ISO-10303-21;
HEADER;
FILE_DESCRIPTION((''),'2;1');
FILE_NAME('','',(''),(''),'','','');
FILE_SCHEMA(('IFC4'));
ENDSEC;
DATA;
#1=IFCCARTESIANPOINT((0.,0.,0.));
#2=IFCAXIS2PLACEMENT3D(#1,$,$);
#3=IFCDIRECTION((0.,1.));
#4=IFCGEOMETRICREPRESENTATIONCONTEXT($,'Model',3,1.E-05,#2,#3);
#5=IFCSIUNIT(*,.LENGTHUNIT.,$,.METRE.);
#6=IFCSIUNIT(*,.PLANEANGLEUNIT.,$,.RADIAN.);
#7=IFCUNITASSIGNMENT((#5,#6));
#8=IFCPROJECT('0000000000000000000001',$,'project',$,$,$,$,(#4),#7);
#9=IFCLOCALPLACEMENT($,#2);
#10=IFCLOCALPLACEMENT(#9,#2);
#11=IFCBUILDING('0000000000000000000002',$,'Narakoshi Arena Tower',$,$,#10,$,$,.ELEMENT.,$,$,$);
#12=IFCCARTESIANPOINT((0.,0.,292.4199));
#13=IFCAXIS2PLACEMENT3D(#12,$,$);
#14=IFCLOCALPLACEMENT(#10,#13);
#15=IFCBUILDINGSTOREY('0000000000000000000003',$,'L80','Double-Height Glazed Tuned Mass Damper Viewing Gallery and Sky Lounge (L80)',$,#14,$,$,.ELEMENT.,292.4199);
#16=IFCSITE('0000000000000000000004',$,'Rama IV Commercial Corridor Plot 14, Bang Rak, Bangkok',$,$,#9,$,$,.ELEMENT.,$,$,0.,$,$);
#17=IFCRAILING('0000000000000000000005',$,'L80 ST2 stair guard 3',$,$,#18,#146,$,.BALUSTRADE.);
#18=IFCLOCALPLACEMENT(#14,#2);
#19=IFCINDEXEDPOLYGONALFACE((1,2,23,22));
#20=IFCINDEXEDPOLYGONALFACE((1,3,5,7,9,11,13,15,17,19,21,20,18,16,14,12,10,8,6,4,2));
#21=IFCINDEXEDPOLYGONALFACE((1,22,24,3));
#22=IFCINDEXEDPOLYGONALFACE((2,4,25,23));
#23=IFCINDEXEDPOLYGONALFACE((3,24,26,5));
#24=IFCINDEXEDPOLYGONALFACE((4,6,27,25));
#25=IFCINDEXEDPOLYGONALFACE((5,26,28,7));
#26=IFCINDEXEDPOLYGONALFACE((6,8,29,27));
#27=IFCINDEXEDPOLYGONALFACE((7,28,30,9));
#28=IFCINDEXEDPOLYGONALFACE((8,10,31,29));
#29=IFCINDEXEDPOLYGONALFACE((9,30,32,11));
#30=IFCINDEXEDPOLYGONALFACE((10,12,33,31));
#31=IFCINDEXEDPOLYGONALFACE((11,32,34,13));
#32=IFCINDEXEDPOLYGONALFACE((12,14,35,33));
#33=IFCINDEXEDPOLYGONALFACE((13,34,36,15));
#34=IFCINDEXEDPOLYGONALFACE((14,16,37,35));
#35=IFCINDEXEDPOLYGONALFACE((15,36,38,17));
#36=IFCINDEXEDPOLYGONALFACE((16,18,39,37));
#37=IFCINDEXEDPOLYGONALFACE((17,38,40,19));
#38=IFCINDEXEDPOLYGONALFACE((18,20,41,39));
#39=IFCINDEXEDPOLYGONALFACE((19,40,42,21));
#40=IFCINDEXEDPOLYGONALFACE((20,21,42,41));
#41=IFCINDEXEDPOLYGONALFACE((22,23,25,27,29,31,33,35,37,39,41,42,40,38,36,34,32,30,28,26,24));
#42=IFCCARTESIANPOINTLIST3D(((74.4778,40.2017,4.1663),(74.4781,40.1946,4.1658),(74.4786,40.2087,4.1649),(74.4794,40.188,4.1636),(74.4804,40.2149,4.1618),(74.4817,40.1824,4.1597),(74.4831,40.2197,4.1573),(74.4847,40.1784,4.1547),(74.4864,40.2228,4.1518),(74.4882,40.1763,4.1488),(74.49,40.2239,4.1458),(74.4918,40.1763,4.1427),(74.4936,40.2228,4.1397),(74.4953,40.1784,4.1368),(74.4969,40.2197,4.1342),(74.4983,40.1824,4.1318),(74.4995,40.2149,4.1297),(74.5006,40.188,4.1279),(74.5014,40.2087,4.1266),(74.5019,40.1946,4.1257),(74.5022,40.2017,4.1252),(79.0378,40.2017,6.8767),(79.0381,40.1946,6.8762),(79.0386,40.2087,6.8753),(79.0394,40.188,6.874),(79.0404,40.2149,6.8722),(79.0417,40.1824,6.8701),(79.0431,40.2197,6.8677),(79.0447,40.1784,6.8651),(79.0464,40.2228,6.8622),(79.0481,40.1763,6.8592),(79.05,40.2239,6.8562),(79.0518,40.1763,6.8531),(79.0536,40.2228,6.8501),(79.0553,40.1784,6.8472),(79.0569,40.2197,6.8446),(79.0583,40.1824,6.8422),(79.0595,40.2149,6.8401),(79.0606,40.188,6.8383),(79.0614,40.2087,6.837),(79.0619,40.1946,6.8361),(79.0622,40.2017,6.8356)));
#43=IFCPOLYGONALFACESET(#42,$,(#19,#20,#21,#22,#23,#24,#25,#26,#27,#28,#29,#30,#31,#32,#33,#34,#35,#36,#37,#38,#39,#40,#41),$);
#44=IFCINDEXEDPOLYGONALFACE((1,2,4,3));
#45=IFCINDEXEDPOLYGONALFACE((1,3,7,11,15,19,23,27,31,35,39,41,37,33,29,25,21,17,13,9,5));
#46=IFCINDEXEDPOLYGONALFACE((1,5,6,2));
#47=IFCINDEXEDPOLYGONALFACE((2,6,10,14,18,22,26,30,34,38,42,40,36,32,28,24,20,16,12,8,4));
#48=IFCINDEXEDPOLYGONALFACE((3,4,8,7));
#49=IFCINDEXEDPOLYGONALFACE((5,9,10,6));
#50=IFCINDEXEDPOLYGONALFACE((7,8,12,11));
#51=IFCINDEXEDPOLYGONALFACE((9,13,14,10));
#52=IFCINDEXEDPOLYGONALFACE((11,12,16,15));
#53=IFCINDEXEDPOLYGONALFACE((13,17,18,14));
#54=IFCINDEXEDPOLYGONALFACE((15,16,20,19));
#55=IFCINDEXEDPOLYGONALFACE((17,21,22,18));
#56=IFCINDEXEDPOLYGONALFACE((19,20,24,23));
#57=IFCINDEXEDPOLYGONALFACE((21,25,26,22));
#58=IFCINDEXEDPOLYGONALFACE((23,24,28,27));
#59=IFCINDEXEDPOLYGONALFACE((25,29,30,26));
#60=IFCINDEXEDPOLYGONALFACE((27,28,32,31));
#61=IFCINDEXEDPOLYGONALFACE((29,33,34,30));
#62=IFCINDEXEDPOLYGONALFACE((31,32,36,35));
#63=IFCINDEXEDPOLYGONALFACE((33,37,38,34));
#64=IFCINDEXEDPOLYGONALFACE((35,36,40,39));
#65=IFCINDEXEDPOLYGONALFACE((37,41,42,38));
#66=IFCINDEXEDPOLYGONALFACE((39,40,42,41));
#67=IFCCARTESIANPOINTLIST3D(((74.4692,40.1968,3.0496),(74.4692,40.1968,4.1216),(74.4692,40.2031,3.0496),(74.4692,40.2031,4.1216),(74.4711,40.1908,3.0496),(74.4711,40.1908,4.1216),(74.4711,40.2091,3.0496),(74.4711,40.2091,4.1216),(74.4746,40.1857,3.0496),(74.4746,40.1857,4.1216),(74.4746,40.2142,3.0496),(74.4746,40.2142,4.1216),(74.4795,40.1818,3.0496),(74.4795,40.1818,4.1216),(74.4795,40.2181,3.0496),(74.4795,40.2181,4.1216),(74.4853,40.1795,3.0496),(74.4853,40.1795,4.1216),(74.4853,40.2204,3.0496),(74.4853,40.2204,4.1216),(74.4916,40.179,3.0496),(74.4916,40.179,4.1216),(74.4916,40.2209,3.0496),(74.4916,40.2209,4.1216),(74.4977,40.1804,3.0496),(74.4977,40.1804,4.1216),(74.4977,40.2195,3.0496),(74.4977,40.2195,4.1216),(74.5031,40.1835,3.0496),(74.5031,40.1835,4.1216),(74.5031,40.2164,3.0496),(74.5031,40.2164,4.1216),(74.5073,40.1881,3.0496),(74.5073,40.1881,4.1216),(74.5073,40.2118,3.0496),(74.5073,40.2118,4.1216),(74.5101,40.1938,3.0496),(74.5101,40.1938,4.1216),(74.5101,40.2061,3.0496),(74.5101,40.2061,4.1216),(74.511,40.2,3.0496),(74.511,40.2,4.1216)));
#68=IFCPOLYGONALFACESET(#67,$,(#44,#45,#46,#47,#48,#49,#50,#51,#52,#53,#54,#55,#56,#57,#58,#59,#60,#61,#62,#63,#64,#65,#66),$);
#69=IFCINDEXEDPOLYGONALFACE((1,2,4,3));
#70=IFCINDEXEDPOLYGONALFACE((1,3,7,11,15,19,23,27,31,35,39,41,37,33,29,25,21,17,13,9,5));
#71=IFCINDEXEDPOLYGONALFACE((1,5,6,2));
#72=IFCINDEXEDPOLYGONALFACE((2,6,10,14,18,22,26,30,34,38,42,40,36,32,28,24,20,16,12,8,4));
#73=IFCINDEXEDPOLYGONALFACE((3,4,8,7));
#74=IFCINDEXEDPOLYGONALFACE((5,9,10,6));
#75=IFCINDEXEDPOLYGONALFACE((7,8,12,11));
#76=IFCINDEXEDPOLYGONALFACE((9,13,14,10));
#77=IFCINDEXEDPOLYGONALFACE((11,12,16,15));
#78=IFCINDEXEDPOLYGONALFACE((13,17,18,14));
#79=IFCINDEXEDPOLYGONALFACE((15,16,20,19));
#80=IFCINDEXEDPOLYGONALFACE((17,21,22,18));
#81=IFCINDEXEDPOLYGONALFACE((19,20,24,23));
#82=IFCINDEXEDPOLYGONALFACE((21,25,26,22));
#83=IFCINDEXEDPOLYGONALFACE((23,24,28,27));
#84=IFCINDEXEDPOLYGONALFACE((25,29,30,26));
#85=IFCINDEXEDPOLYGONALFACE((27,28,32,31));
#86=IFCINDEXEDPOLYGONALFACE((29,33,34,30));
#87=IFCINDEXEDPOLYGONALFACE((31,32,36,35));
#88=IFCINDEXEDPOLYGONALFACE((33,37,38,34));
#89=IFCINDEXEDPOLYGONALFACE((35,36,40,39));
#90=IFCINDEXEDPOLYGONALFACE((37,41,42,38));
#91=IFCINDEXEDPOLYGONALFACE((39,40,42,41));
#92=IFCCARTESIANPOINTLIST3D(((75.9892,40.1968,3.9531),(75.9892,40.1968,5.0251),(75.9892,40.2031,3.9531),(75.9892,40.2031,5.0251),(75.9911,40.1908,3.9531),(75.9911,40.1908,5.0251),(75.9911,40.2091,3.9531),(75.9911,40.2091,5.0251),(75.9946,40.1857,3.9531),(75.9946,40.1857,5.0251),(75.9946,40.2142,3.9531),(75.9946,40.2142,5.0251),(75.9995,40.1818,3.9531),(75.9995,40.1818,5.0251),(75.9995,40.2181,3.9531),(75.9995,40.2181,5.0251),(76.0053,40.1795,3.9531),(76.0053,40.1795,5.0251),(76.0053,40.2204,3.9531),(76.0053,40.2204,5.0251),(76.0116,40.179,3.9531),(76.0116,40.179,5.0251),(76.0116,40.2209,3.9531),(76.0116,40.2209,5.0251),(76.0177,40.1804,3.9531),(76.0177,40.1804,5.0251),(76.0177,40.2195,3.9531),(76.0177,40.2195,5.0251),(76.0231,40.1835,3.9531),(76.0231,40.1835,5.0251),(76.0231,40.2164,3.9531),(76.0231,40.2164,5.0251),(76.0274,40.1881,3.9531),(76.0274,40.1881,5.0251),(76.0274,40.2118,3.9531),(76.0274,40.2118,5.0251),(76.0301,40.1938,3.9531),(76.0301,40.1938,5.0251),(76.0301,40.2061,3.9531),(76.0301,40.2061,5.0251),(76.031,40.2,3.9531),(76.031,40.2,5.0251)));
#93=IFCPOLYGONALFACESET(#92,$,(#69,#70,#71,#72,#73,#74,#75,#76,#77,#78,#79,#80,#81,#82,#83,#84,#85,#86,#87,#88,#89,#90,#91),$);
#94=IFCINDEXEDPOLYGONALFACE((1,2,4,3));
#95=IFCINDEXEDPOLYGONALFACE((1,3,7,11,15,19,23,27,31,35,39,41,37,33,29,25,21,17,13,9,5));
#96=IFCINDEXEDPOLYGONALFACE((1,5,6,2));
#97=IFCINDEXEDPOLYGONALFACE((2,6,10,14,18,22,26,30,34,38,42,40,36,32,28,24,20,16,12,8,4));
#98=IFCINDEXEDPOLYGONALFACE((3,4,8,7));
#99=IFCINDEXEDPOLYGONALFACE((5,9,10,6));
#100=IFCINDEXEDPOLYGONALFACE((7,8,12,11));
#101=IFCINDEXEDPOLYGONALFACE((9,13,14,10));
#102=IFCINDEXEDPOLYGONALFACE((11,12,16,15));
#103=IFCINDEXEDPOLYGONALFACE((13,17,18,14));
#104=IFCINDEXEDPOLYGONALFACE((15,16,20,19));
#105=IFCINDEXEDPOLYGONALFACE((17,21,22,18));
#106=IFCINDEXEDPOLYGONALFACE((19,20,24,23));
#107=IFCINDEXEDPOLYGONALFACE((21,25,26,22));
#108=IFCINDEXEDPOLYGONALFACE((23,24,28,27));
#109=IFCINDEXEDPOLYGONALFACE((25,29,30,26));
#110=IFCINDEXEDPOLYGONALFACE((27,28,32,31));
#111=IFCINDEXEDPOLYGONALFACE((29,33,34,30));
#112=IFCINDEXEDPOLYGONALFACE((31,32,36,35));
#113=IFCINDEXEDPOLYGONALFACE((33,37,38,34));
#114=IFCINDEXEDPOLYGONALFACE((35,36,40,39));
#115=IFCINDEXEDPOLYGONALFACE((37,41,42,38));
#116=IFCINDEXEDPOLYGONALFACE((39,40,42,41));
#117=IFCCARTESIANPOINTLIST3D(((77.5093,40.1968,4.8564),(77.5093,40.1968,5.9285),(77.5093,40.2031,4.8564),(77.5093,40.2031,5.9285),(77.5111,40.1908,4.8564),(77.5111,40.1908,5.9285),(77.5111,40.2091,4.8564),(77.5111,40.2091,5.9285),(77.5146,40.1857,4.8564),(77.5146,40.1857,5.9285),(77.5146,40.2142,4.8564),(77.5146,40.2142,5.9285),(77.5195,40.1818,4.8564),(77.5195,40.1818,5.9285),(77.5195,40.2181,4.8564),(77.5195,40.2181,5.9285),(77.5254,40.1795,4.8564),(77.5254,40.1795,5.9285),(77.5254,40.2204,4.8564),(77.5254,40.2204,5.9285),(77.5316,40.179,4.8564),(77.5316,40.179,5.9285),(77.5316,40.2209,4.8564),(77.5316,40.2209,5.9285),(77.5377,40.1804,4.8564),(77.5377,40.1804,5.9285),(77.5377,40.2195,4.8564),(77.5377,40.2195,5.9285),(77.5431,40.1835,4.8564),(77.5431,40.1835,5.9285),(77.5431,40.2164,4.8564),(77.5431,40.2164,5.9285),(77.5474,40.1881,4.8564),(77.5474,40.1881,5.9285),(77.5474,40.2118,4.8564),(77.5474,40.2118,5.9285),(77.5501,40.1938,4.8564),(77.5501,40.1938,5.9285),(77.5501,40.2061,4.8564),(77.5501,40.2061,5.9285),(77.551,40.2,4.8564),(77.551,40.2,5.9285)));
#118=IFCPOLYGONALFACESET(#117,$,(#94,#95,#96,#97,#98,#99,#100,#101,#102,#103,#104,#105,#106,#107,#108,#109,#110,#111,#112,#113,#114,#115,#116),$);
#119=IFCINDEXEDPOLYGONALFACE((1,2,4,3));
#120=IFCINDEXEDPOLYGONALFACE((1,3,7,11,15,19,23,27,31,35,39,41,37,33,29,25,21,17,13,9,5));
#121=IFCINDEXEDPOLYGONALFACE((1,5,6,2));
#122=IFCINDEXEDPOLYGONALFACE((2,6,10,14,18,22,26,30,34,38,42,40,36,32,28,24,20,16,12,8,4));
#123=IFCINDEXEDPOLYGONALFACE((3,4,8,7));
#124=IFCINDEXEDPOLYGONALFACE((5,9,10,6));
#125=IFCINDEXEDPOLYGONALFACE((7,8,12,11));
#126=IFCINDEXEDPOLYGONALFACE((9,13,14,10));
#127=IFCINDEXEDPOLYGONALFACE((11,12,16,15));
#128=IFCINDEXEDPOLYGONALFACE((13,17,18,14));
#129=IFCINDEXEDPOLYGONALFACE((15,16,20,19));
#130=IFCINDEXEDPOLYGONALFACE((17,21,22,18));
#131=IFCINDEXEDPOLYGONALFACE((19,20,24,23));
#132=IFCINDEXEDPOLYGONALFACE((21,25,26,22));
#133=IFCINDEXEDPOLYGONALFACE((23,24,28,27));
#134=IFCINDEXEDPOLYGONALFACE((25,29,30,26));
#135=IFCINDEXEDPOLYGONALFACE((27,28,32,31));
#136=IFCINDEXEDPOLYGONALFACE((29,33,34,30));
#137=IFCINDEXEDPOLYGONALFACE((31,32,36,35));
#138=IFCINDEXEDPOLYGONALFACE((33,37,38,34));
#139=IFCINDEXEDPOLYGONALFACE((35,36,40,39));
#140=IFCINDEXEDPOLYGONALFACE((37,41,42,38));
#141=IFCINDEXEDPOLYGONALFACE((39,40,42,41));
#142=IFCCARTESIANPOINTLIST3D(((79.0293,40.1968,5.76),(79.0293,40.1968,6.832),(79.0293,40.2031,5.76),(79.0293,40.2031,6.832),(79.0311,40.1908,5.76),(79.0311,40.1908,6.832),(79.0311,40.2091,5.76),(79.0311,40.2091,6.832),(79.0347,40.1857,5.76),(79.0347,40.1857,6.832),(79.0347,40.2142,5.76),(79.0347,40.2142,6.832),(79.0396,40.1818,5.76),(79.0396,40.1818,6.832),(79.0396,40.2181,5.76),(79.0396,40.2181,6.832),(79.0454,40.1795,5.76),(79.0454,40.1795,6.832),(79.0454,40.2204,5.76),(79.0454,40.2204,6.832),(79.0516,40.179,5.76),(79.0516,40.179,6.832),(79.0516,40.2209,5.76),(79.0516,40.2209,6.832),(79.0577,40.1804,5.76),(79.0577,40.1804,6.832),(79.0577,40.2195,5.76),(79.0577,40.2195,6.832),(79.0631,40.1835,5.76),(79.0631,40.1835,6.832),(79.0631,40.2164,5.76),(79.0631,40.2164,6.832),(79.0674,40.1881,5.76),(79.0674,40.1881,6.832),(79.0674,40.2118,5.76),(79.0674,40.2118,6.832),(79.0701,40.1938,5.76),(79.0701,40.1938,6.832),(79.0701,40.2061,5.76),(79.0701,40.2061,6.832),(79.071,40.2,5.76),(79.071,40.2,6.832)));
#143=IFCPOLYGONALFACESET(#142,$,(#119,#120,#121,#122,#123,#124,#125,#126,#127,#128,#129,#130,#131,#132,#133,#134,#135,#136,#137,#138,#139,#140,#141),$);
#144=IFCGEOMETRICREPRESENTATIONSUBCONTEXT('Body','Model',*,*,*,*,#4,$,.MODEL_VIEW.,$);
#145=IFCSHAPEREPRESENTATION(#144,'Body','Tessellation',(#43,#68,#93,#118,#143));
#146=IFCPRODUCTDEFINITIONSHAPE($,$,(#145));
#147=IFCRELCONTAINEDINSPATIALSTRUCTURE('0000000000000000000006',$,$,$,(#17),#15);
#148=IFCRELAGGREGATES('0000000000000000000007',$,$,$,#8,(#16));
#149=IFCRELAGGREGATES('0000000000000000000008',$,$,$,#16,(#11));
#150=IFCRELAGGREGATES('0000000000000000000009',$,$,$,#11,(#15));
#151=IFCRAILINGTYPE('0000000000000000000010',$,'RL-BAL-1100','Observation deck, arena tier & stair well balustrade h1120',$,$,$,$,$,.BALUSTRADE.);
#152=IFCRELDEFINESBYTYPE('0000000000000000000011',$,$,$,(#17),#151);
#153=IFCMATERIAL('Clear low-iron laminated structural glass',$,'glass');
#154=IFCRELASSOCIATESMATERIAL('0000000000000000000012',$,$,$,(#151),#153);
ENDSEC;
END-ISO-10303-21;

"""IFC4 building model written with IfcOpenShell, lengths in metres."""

from ifc_helpers import new_model, si_unit, direction, frame, origin, origin_2d, place, context, subcontext, project, spatial, circle, extrude, material, type_object, element, save


model = new_model("IFC4")

# Units and contexts
model_context = context("Model", 3, precision=1e-05, world=origin(), true_north=direction((0.0, 1.0)))
body_context = subcontext(model_context, "Body", "Model", "MODEL_VIEW")
ifc_project = project(units=[si_unit("LENGTHUNIT", "METRE"), si_unit("PLANEANGLEUNIT", "RADIAN")], contexts=[model_context])

# Site, building, storey
site_placement = place(None, origin())
site = spatial("IfcSite", under=ifc_project, at=site_placement, Name="Rama IV Commercial Corridor Plot 14, Bang Rak, Bangkok", CompositionType="ELEMENT", RefElevation=0.0)
building_placement = place(site_placement, origin())
building = spatial("IfcBuilding", under=site, at=building_placement, Name="Narakoshi Arena Tower", CompositionType="ELEMENT")
storey_placement = place(building_placement, frame((0.0, 0.0, 292.4199)))
storey = spatial("IfcBuildingStorey", under=building, at=storey_placement, Name="L80", Description="Double-Height Glazed Tuned Mass Damper Viewing Gallery and Sky Lounge (L80)", CompositionType="ELEMENT", Elevation=292.4199)

# Railing
ifc_material_1 = material(Name="Clear low-iron laminated structural glass", Category="glass")
railing_type_1 = type_object("IfcRailingType", Name="RL-BAL-1100", Description="Observation deck, arena tier & stair well balustrade h1120", PredefinedType="BALUSTRADE", material=ifc_material_1)
railing_1_placement = place(storey_placement, frame((74.49, 40.2, 3.0496)))
element("IfcRailing", 1, at=railing_1_placement, inside=storey, type_object=railing_type_1, Name="L80 ST2 stair guard 3", PredefinedType="BALUSTRADE", context=body_context, shape_type="SweptSolid", body=[
    extrude(circle(Radius=0.0239, at=origin_2d()), frame((0.0, 0.0, 1.0962), z_axis=(0.859613, 0.0, 0.510945), x_axis=(0.0, 1.0, 0.0)), (0.0, 0.0, 1.0), 5.3047),
    extrude(circle(Radius=0.021, at=origin_2d()), origin(), (0.0, 0.0, 1.0), 1.072),
    extrude(circle(Radius=0.021, at=origin_2d()), frame((1.52, 0.0, 0.9036)), (0.0, 0.0, 1.0), 1.072),
    extrude(circle(Radius=0.021, at=origin_2d()), frame((3.04, 0.0, 1.8069)), (0.0, 0.0, 1.0), 1.072),
    extrude(circle(Radius=0.021, at=origin_2d()), frame((4.5601, 0.0, 2.7104)), (0.0, 0.0, 1.0), 1.072),
])

save(model, "model.ifc")
